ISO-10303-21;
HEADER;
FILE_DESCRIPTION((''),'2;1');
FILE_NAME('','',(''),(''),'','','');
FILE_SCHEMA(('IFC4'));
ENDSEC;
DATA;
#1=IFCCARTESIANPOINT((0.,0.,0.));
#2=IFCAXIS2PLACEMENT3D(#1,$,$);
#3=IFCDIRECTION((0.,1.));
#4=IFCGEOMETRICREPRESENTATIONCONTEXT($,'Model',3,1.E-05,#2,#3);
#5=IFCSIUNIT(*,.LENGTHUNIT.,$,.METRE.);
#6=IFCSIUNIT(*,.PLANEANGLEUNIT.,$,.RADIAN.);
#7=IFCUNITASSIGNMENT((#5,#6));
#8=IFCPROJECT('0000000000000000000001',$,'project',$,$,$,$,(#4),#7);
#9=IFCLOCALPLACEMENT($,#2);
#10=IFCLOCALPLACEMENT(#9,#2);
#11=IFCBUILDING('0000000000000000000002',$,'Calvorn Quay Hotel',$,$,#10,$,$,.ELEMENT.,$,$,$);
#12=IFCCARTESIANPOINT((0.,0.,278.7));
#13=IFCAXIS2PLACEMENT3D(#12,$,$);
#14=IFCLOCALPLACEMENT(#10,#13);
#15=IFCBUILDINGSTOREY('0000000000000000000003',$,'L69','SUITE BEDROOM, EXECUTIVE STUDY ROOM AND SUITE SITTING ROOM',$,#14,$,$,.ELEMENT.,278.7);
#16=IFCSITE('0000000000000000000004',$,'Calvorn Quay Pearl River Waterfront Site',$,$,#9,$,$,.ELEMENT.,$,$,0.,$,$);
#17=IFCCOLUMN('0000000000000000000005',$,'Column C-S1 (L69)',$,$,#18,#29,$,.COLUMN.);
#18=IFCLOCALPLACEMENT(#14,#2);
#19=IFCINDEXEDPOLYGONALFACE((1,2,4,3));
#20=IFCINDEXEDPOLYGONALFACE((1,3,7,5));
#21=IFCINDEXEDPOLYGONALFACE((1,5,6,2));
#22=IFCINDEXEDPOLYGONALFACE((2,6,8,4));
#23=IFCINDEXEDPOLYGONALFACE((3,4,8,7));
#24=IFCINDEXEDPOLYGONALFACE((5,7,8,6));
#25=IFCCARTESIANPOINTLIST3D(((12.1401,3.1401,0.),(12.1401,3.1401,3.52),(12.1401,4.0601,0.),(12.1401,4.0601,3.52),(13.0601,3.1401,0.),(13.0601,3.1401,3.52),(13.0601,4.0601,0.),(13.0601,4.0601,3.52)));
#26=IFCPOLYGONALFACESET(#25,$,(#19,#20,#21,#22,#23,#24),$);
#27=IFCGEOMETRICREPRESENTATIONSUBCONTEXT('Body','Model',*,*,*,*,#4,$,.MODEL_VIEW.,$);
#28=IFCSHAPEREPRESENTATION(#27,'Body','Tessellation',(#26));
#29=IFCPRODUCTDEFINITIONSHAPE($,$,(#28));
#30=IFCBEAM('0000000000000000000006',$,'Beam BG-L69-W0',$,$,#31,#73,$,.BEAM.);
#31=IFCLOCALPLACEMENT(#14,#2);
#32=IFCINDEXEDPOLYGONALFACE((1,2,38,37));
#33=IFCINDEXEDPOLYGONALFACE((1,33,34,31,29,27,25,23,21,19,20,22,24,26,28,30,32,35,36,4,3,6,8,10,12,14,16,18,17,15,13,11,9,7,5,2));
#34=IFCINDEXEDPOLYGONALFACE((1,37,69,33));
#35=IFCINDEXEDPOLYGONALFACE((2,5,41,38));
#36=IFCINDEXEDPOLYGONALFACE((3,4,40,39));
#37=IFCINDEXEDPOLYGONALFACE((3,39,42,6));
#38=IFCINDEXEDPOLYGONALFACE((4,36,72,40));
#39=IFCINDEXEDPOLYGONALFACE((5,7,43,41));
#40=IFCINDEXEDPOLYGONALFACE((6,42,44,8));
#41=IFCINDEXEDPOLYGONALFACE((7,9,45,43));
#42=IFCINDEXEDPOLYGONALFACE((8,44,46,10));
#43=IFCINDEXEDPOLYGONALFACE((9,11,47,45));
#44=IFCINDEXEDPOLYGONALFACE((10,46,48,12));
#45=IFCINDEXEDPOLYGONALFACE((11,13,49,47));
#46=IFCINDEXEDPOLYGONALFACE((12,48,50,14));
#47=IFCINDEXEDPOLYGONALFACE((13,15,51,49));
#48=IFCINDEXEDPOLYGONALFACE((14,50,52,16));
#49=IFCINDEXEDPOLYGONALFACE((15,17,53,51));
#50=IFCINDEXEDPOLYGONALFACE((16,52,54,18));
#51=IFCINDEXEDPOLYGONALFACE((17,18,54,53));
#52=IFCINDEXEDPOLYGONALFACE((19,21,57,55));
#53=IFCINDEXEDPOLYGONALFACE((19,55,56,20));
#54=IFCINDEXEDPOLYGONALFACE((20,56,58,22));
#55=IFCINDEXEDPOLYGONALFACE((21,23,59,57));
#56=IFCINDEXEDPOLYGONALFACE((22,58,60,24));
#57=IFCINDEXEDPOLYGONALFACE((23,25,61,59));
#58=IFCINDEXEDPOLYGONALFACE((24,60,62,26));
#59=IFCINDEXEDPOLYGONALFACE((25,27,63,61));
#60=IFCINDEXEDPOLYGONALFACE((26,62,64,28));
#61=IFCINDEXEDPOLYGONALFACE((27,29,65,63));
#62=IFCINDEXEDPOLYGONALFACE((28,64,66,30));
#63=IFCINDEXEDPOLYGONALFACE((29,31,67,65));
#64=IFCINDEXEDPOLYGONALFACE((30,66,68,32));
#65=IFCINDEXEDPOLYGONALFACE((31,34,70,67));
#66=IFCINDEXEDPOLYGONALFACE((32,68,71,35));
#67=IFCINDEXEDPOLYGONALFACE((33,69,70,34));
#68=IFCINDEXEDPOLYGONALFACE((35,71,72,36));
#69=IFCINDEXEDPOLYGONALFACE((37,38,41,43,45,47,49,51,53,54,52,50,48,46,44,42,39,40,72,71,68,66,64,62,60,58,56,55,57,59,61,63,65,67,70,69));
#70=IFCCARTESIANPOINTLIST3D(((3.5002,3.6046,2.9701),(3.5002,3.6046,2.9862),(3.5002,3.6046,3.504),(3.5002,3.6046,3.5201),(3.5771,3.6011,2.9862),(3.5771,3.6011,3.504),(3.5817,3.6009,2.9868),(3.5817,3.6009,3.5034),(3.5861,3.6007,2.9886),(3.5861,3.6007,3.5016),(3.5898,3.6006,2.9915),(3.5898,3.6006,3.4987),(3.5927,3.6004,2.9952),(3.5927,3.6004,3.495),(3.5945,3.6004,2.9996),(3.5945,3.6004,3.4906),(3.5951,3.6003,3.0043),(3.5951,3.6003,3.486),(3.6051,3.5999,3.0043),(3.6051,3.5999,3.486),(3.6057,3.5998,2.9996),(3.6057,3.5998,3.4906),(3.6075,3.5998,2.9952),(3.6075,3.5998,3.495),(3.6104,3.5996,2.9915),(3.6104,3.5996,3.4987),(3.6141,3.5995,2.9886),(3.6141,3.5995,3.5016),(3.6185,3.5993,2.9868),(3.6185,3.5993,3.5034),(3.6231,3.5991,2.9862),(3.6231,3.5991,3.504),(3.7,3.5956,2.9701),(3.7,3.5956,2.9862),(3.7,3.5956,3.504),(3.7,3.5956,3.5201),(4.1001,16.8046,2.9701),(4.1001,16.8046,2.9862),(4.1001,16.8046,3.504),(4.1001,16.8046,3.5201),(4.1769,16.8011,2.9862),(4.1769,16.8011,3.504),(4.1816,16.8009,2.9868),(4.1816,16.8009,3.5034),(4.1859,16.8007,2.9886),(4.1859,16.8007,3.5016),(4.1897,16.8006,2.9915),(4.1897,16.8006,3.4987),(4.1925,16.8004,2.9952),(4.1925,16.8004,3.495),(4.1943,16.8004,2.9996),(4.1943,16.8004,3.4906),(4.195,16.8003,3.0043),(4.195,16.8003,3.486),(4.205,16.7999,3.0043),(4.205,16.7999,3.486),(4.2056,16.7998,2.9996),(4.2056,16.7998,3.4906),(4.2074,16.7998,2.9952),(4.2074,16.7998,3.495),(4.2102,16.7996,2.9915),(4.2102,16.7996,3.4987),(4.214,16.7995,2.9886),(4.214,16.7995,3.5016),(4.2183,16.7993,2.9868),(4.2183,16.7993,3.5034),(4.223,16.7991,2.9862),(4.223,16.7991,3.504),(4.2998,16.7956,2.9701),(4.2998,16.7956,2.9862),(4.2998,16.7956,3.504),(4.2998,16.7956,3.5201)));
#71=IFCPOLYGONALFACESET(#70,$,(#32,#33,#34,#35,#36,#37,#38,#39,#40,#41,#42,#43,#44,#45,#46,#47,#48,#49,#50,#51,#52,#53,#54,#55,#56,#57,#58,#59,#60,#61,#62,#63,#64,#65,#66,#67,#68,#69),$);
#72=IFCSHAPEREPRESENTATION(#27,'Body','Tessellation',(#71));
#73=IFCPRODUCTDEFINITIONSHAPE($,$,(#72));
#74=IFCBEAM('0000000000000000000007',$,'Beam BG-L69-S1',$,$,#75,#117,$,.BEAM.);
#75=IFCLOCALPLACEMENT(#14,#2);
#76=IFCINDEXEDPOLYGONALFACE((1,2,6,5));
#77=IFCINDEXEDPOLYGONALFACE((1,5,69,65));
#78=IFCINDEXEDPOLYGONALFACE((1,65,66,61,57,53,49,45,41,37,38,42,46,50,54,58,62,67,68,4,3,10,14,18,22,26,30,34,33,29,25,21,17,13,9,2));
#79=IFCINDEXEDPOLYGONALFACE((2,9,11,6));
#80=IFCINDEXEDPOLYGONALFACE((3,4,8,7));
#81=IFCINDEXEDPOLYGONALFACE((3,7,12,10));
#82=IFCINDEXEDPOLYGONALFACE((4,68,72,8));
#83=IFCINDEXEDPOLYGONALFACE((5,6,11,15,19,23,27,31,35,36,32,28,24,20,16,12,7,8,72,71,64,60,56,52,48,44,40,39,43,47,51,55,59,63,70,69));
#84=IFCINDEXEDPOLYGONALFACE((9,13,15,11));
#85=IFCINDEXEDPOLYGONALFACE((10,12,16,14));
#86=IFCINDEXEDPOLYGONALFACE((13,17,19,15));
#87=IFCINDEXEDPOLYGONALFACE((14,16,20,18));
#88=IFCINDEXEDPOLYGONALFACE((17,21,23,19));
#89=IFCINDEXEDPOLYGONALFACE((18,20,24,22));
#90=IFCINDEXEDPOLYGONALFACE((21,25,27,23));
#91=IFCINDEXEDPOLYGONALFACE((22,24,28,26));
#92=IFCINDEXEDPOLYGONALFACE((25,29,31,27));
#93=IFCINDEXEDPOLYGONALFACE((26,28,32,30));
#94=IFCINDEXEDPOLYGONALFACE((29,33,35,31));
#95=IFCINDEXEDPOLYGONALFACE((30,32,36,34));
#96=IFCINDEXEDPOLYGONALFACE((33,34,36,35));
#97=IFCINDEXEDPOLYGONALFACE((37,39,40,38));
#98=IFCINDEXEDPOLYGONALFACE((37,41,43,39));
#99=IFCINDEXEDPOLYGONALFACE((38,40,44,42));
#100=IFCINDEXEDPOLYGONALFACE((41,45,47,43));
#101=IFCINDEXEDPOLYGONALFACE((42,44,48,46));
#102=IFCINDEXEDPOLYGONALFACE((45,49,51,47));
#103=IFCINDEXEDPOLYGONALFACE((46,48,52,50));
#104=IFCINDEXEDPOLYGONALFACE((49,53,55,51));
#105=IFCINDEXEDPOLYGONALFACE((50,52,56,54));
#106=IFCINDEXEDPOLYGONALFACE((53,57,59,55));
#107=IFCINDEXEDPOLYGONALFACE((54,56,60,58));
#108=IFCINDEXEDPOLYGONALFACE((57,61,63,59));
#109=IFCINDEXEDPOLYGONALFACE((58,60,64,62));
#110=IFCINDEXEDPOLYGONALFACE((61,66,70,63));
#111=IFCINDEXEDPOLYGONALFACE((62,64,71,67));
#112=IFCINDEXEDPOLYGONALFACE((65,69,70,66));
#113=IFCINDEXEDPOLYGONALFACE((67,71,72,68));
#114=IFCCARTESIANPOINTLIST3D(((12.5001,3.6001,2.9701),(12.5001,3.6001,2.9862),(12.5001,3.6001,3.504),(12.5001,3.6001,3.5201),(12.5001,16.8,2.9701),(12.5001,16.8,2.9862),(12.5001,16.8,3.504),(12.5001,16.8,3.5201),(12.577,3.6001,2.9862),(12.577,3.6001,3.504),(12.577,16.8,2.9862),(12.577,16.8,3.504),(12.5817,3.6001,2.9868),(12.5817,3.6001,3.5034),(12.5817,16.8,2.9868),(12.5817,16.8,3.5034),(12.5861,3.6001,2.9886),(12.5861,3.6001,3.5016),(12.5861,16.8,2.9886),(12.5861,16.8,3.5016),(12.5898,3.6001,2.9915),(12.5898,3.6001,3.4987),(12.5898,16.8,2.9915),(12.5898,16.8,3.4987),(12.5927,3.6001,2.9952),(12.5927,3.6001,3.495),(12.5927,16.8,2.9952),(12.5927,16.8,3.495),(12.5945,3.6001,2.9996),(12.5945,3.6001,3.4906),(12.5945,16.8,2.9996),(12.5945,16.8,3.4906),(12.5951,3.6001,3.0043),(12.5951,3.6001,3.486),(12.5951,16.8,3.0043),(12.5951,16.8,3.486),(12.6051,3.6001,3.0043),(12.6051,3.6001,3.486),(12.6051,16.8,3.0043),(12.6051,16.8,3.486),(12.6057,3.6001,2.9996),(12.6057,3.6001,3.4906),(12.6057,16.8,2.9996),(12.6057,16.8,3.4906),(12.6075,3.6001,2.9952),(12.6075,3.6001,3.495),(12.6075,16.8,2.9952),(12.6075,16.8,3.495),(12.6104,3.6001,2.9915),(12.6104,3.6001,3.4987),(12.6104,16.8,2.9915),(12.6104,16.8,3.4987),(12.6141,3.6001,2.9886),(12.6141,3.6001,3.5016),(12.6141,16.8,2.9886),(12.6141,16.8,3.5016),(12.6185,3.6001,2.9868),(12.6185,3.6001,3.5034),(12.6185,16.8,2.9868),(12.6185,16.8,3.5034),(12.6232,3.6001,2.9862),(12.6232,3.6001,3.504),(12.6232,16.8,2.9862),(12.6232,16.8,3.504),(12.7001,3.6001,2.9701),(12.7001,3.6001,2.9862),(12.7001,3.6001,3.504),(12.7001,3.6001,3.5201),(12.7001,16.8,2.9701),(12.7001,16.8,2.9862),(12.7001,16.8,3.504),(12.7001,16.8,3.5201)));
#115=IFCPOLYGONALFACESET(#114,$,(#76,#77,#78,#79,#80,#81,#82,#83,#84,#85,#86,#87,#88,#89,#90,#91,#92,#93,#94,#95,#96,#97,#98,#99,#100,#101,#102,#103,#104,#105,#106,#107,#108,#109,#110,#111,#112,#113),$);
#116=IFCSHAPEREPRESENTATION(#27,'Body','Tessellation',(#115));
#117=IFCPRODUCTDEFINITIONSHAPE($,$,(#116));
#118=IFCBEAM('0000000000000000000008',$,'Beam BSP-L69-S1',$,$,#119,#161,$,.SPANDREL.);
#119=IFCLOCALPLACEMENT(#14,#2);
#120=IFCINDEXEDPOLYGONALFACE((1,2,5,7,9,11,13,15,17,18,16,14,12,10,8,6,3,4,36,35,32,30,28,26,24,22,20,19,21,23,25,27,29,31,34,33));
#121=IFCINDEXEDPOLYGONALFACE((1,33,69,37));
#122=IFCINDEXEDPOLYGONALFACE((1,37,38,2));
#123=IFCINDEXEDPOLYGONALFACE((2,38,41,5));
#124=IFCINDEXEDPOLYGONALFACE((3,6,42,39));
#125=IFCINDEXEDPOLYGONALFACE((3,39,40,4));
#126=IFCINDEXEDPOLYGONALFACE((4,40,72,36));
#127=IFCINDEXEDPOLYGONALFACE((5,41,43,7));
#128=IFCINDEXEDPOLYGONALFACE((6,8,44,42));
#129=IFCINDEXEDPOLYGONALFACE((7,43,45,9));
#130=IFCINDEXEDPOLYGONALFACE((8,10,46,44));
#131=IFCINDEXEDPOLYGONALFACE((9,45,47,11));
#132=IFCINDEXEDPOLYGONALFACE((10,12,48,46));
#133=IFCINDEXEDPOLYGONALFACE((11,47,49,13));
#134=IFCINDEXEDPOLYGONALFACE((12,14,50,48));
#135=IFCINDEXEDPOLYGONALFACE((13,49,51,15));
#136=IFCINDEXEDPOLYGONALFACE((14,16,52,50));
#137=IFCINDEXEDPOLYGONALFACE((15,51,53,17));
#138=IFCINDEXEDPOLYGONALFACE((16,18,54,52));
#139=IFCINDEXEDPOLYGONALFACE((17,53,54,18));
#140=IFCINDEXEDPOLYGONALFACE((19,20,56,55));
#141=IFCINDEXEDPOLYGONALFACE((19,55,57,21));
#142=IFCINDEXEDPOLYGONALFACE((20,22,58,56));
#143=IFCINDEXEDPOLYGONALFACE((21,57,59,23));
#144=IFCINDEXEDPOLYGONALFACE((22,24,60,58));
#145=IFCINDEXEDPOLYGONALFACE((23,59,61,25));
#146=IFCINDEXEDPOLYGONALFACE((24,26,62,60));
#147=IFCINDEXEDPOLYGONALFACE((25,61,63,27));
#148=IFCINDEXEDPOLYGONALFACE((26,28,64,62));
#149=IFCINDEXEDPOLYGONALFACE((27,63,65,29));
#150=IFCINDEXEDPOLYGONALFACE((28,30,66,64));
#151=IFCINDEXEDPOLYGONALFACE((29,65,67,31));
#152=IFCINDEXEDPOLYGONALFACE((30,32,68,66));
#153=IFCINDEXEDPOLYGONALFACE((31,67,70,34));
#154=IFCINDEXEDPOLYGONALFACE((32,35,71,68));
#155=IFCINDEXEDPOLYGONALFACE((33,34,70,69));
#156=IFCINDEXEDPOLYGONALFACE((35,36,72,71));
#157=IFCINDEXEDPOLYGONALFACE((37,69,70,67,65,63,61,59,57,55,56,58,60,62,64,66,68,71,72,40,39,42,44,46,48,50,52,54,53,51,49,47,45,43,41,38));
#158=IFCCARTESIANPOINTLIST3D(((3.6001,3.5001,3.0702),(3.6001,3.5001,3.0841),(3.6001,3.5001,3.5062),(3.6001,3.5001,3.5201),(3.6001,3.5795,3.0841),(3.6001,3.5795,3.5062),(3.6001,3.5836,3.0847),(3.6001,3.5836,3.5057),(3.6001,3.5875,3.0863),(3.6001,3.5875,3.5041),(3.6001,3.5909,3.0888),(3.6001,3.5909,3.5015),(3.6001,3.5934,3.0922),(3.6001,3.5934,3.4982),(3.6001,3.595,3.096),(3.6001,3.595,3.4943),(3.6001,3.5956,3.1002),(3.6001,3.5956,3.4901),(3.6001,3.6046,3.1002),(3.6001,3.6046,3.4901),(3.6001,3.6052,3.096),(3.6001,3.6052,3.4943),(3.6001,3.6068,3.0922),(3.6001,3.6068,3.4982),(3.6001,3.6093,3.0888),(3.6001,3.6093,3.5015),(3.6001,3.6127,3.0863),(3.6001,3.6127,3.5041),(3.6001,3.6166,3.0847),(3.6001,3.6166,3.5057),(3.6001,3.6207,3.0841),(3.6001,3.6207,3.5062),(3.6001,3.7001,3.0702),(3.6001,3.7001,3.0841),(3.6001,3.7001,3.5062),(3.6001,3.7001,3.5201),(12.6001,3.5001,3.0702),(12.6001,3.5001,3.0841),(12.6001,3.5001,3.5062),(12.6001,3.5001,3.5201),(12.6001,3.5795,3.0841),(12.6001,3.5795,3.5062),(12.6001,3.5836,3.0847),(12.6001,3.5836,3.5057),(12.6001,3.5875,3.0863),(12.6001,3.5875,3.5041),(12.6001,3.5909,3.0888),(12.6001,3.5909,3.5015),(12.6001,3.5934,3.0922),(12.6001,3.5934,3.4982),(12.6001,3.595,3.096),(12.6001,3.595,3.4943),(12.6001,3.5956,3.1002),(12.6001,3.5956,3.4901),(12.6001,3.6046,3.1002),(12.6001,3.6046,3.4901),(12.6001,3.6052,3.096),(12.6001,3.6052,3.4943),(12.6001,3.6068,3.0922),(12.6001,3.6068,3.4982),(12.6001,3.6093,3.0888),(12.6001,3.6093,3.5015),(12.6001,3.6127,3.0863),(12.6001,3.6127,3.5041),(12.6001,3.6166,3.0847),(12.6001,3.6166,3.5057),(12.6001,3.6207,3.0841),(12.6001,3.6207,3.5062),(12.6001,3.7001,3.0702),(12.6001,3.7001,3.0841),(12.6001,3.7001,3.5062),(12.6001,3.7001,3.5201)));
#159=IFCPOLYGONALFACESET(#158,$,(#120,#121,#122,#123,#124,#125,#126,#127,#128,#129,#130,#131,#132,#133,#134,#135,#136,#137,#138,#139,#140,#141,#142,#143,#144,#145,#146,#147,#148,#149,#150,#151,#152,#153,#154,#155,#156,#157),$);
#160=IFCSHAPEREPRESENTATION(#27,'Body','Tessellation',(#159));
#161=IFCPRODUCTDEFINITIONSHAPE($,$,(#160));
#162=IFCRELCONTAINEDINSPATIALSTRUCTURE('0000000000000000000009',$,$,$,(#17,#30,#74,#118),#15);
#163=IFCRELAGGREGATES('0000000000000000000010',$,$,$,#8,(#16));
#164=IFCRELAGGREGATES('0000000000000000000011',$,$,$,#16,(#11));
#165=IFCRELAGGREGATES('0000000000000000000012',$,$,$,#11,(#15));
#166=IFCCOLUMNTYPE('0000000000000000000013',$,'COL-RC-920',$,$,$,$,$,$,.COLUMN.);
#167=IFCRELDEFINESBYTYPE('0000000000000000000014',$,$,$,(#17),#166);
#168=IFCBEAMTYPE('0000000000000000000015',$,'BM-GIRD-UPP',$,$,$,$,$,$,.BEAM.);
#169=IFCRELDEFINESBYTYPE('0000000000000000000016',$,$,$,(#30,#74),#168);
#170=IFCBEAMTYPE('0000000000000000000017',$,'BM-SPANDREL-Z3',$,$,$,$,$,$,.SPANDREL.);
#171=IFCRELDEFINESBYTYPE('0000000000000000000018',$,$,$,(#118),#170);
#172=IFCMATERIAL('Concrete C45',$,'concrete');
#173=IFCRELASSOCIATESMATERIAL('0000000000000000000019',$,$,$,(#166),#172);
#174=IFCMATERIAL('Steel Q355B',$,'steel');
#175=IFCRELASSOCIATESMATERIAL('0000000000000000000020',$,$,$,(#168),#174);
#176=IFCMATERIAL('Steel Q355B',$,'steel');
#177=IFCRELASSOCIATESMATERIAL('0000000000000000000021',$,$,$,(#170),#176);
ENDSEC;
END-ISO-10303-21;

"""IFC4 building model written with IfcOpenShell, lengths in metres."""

from ifc_helpers import new_model, si_unit, direction, frame, origin, origin_2d, place, context, subcontext, project, spatial, rectangle, i_section, extrude, material, material_profile, profile_set, type_object, element, save


model = new_model("IFC4")

# Units and contexts
model_context = context("Model", 3, precision=1e-05, world=origin(), true_north=direction((0.0, 1.0)))
body_context = subcontext(model_context, "Body", "Model", "MODEL_VIEW")
ifc_project = project(units=[si_unit("LENGTHUNIT", "METRE"), si_unit("PLANEANGLEUNIT", "RADIAN")], contexts=[model_context])

# Site, building, storey
site_placement = place(None, origin())
site = spatial("IfcSite", under=ifc_project, at=site_placement, Name="Calvorn Quay Pearl River Waterfront Site", CompositionType="ELEMENT", RefElevation=0.0)
building_placement = place(site_placement, origin())
building = spatial("IfcBuilding", under=site, at=building_placement, Name="Calvorn Quay Hotel", CompositionType="ELEMENT")
storey_placement = place(building_placement, frame((0.0, 0.0, 278.7)))
storey = spatial("IfcBuildingStorey", under=building, at=storey_placement, Name="L69", Description="SUITE BEDROOM, EXECUTIVE STUDY ROOM AND SUITE SITTING ROOM", CompositionType="ELEMENT", Elevation=278.7)

# Column
ifc_material_1 = material(Name="Concrete C45", Category="concrete")
ifc_material_profile_1 = material_profile(ifc_material_1, rectangle(XDim=0.9199, YDim=0.9199, at=origin_2d()), Name="RC920x920")
ifc_profile_set_1 = profile_set([ifc_material_profile_1], Name="Concrete C45")
column_type = type_object("IfcColumnType", Name="COL-RC-920", PredefinedType="COLUMN", material=ifc_profile_set_1)
column_placement = place(storey_placement, frame((12.6001, 3.6001, 0.0), z_axis=(0.0, 0.0, 1.0), x_axis=(1.0, 0.0, 0.0)))
element("IfcColumn", 1, at=column_placement, inside=storey, type_object=column_type, Name="Column C-S1 (L69)", PredefinedType="COLUMN", context=body_context, shape_type="SweptSolid", body=[
    extrude(rectangle(XDim=0.9199, YDim=0.9199, at=origin_2d()), origin(), (0.0, 0.0, 1.0), 3.52),
])

# Beams
ifc_material_2 = material(Name="Steel Q355B", Category="steel")
ifc_material_profile_2 = material_profile(ifc_material_2, i_section(OverallWidth=0.2, OverallDepth=0.55, WebThickness=0.01, FlangeThickness=0.0161, FilletRadius=0.0181, at=origin_2d()), Name="HN550x200x10x16")
ifc_profile_set_2 = profile_set([ifc_material_profile_2], Name="Steel Q355B")
beam_type_1 = type_object("IfcBeamType", Name="BM-GIRD-UPP", PredefinedType="BEAM", material=ifc_profile_set_2)
beam_1_placement = place(storey_placement, frame((3.6001, 3.6001, 3.2451), z_axis=(0.045397, 0.998969, 0.0), x_axis=(-0.998969, 0.045397, 0.0)))
element("IfcBeam", 2, at=beam_1_placement, inside=storey, type_object=beam_type_1, Name="Beam BG-L69-W0", PredefinedType="BEAM", context=body_context, shape_type="SweptSolid", body=[
    extrude(i_section(OverallWidth=0.2, OverallDepth=0.55, WebThickness=0.01, FlangeThickness=0.0161, FilletRadius=0.0181, at=origin_2d()), origin(), (0.0, 0.0, 1.0), 13.2136),
])
beam_2_placement = place(storey_placement, frame((12.6001, 3.6001, 3.2451), z_axis=(0.0, 1.0, 0.0), x_axis=(-1.0, 0.0, 0.0)))
element("IfcBeam", 3, at=beam_2_placement, inside=storey, type_object=beam_type_1, Name="Beam BG-L69-S1", PredefinedType="BEAM", context=body_context, shape_type="SweptSolid", body=[
    extrude(i_section(OverallWidth=0.2, OverallDepth=0.55, WebThickness=0.01, FlangeThickness=0.0161, FilletRadius=0.0181, at=origin_2d()), origin(), (0.0, 0.0, 1.0), 13.2),
])
ifc_material_3 = material(Name="Steel Q355B", Category="steel")
ifc_material_profile_3 = material_profile(ifc_material_3, i_section(OverallWidth=0.2, OverallDepth=0.45, WebThickness=0.009, FlangeThickness=0.0139, FilletRadius=0.0161, at=origin_2d()), Name="HN450x200x9x14")
ifc_profile_set_3 = profile_set([ifc_material_profile_3], Name="Steel Q355B")
beam_type_2 = type_object("IfcBeamType", Name="BM-SPANDREL-Z3", PredefinedType="SPANDREL", material=ifc_profile_set_3)
beam_3_placement = place(storey_placement, frame((3.6001, 3.6001, 3.2952), z_axis=(1.0, 0.0, 0.0), x_axis=(0.0, 1.0, 0.0)))
element("IfcBeam", 4, at=beam_3_placement, inside=storey, type_object=beam_type_2, Name="Beam BSP-L69-S1", PredefinedType="SPANDREL", context=body_context, shape_type="SweptSolid", body=[
    extrude(i_section(OverallWidth=0.2, OverallDepth=0.45, WebThickness=0.009, FlangeThickness=0.0139, FilletRadius=0.0161, at=origin_2d()), origin(), (0.0, 0.0, 1.0), 9.0),
])

save(model, "model.ifc")
